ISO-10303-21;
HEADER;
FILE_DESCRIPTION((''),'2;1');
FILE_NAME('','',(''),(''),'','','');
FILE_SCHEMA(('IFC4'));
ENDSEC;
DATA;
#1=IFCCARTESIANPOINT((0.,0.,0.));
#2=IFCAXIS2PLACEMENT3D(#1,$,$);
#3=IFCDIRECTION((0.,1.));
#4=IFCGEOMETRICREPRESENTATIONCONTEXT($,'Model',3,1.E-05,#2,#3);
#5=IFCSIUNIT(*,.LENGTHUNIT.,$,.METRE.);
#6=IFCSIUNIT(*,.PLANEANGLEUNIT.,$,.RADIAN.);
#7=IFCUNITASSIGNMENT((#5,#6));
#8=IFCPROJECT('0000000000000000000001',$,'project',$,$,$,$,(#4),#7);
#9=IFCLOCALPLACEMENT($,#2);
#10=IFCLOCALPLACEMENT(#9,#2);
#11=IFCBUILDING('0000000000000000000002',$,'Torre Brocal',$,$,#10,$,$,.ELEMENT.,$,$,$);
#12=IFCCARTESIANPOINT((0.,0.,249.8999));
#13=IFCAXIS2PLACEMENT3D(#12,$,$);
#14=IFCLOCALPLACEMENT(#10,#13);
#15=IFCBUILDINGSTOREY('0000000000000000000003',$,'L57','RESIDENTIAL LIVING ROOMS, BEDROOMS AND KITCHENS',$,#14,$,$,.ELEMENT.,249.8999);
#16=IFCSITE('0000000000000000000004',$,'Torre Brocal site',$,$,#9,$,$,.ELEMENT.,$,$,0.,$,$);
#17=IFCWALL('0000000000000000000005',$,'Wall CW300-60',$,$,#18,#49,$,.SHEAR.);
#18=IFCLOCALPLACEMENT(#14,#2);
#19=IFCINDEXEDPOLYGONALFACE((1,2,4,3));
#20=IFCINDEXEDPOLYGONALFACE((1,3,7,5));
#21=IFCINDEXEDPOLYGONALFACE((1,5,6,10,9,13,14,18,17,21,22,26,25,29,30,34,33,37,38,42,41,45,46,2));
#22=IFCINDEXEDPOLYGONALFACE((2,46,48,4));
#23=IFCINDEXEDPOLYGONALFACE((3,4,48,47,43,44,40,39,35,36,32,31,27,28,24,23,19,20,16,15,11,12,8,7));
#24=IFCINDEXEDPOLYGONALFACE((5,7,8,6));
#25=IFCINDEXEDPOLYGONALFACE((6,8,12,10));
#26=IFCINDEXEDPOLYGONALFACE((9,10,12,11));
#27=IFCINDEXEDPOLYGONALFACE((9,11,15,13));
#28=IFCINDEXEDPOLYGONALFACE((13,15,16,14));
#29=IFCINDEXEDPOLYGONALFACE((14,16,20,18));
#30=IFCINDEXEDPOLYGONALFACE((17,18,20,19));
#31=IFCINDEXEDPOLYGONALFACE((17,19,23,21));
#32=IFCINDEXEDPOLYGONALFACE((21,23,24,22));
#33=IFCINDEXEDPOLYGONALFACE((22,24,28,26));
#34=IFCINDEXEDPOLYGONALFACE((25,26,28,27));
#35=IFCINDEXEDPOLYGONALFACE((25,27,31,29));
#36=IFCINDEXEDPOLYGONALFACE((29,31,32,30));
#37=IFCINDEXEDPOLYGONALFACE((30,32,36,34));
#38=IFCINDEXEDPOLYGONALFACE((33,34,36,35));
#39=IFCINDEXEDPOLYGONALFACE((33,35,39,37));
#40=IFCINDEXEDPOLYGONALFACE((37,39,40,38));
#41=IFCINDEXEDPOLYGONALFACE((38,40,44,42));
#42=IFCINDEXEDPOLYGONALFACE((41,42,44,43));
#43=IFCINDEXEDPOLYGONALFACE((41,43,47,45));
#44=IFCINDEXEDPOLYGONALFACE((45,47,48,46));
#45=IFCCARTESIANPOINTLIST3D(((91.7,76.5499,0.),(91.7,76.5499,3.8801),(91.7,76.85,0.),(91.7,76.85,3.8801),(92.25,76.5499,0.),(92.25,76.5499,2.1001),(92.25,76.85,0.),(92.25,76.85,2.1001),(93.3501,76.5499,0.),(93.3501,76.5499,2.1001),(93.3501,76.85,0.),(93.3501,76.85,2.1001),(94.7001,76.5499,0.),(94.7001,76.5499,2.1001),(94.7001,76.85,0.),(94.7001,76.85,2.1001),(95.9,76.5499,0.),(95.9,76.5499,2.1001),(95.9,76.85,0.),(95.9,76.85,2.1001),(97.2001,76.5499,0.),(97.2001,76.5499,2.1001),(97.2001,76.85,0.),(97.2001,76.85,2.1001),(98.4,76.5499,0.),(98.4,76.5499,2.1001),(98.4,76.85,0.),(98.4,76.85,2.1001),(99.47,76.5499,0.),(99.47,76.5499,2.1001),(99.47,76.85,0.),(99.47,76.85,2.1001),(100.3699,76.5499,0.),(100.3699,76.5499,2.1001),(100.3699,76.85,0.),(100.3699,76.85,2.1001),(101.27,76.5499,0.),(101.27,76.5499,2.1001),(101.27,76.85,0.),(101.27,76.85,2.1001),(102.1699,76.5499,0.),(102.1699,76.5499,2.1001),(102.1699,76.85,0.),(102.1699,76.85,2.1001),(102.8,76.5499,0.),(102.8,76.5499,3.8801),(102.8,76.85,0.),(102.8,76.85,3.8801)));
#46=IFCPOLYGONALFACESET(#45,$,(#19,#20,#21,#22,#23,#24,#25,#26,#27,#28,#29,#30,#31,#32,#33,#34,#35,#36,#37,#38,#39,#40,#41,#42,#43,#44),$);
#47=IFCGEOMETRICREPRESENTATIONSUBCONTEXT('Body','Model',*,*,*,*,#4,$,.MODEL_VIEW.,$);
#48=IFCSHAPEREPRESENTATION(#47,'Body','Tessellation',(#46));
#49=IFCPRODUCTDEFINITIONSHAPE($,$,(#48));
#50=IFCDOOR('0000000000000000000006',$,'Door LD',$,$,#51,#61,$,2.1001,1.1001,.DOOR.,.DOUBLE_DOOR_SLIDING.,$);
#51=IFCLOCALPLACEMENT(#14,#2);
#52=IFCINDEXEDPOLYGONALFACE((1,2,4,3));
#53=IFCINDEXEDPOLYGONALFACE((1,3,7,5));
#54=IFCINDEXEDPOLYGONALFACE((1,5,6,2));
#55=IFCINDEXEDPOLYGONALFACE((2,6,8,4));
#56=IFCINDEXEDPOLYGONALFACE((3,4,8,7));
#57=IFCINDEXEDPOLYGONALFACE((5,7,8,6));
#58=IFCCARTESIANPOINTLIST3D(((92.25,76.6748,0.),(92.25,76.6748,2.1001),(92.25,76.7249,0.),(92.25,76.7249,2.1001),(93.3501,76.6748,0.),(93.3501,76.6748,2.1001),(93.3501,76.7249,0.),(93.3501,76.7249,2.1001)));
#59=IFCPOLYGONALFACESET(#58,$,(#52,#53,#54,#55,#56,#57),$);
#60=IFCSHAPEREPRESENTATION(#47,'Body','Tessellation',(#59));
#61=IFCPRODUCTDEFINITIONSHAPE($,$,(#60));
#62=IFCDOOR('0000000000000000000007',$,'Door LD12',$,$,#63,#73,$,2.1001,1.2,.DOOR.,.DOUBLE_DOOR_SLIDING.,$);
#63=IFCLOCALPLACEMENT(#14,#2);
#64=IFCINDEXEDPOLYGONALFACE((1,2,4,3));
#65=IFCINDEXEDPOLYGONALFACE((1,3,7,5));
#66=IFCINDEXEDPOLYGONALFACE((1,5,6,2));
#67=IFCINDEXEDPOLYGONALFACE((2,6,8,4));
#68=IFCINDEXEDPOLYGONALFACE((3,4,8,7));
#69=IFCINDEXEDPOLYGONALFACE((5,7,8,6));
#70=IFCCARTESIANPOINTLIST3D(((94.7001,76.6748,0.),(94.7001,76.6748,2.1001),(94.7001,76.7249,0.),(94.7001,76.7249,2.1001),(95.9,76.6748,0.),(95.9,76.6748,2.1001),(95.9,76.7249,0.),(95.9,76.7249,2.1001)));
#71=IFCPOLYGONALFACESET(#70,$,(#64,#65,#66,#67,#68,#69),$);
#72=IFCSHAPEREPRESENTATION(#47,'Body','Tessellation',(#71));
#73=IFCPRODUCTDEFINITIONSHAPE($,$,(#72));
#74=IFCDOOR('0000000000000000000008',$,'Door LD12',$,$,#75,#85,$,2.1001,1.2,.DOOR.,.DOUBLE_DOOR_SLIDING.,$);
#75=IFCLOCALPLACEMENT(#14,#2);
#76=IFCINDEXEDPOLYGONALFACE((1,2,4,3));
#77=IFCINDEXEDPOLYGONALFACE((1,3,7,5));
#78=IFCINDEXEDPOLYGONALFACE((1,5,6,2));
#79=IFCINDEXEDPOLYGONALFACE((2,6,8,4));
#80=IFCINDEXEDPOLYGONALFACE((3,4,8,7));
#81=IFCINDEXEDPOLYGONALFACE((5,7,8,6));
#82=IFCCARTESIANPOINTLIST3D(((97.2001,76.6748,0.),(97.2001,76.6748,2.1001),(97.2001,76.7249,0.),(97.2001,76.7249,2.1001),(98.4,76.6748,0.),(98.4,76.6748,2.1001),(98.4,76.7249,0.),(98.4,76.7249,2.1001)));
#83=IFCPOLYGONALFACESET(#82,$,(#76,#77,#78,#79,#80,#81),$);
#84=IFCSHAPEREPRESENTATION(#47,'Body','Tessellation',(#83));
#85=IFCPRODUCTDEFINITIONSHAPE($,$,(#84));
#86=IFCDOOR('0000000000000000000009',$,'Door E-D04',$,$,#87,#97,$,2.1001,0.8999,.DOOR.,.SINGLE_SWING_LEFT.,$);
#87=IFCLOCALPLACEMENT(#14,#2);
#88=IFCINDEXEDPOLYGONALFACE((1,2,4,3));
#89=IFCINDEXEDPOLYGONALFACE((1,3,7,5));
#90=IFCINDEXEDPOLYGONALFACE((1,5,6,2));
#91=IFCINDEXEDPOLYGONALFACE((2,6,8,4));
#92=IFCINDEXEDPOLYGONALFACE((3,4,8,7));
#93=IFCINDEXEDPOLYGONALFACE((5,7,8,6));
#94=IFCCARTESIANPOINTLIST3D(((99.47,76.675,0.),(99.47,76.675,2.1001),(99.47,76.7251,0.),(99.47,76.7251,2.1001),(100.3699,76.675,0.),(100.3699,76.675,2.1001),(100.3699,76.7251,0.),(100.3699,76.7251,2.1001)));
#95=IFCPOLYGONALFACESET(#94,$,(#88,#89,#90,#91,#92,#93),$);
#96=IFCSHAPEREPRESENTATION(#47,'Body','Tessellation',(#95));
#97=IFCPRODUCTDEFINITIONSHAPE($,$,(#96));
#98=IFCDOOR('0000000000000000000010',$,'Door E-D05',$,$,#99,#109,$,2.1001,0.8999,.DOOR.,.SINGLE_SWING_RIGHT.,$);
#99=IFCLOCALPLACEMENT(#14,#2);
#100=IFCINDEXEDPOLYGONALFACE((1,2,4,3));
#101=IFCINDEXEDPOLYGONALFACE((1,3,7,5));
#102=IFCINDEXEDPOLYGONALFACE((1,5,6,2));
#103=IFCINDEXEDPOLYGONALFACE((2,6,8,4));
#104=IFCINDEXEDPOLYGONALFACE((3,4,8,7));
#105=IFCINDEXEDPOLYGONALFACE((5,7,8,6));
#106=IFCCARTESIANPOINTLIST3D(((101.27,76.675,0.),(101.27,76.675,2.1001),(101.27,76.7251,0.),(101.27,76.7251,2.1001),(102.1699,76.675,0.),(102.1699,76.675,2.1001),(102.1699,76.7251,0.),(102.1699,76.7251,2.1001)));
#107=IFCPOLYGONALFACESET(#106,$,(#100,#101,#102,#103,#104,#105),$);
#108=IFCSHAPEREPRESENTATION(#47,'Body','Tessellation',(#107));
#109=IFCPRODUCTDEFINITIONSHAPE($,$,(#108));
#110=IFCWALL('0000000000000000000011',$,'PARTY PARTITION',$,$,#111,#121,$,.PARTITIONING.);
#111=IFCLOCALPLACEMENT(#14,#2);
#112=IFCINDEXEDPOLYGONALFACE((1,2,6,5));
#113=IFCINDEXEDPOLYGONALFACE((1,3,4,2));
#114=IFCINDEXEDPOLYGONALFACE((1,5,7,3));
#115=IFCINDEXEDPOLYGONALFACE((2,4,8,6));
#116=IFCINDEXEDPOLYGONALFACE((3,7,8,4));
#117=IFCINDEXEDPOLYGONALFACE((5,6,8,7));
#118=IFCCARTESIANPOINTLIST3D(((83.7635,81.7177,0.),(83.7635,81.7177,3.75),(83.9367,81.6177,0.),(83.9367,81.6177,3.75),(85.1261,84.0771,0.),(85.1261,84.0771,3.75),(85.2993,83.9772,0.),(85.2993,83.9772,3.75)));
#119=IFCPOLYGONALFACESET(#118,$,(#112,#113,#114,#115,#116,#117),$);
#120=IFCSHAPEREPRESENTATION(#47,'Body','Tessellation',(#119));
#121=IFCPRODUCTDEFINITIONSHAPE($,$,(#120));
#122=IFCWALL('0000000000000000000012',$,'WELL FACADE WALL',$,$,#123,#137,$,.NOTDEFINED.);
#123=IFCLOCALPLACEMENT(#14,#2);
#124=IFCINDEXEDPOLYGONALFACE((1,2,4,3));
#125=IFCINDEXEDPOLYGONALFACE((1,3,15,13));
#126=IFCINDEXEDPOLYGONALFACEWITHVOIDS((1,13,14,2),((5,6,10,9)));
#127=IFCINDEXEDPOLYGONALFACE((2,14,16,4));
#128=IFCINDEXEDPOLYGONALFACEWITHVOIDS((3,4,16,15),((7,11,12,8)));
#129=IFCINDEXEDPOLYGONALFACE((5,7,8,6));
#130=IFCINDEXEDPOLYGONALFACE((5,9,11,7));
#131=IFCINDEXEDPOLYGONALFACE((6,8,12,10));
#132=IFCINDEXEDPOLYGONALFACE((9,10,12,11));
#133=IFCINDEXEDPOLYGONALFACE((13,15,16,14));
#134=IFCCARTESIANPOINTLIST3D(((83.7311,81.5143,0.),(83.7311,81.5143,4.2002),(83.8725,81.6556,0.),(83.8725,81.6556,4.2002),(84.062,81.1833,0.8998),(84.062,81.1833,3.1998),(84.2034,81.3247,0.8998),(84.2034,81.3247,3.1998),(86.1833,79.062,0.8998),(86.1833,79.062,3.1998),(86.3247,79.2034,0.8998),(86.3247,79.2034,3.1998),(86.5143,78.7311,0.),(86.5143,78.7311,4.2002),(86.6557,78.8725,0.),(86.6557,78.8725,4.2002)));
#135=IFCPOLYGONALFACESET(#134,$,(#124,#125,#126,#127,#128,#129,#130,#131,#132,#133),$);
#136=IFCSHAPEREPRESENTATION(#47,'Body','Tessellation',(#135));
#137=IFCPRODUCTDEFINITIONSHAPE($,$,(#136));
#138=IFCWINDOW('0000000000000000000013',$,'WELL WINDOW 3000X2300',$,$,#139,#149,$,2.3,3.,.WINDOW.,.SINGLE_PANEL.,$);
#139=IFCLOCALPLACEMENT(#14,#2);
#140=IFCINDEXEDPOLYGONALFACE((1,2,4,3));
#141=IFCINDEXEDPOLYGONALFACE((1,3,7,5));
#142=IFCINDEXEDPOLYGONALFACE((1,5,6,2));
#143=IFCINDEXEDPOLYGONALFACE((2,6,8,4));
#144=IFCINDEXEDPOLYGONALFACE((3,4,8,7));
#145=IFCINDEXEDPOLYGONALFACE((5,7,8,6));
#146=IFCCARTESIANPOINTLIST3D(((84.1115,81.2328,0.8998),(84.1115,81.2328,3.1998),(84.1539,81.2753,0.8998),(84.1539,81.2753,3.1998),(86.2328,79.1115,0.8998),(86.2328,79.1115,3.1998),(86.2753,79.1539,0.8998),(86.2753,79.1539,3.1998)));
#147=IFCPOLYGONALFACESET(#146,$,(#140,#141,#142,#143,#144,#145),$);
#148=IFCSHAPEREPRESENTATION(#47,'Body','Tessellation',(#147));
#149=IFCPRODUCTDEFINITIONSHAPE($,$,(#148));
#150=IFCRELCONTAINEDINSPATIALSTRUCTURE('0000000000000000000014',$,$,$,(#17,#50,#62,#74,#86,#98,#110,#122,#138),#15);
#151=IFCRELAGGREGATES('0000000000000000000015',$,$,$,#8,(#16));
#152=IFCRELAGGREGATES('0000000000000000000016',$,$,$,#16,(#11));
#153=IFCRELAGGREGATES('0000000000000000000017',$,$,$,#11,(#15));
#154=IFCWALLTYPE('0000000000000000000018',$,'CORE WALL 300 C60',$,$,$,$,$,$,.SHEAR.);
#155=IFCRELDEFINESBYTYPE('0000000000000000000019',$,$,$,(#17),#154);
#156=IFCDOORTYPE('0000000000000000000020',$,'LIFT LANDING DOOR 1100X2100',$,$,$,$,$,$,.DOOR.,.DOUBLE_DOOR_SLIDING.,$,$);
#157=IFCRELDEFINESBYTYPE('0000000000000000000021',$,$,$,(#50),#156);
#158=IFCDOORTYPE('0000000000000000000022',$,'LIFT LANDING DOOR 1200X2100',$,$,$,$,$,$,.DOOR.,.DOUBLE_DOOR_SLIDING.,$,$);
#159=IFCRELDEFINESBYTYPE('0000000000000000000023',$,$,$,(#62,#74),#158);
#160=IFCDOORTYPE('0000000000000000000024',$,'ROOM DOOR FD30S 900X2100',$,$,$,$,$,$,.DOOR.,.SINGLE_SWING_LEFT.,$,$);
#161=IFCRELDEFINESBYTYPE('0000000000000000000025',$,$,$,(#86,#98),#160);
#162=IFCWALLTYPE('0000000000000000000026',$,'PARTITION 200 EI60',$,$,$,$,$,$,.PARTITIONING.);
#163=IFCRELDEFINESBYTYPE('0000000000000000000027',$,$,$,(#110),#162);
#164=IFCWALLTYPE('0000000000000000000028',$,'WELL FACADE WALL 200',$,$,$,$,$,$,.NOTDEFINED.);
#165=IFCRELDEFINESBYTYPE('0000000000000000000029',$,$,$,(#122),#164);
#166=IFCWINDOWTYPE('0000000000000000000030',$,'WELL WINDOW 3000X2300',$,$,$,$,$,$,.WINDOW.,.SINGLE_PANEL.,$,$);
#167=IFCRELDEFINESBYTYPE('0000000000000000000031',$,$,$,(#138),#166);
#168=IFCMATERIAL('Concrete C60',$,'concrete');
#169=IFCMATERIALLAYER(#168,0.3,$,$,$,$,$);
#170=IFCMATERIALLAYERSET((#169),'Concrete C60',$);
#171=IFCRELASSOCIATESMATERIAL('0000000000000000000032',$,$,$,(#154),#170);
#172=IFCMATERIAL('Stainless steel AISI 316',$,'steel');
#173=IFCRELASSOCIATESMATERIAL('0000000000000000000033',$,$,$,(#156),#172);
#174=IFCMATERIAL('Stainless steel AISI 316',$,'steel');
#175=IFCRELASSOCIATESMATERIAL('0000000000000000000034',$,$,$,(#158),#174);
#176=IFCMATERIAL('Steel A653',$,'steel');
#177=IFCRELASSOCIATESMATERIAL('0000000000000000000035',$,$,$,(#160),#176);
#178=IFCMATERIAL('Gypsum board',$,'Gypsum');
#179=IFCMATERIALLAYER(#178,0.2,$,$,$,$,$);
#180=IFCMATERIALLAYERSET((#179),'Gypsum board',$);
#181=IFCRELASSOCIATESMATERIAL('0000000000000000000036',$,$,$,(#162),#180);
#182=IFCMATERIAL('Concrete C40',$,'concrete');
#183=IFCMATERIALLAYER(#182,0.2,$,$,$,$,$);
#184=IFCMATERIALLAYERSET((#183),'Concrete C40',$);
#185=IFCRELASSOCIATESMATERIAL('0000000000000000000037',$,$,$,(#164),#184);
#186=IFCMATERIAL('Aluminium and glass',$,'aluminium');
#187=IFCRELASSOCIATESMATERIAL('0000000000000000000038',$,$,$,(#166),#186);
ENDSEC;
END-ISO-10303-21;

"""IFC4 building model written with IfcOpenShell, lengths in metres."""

from ifc_helpers import new_model, si_unit, direction, frame, frame_2d, origin, place, context, subcontext, project, spatial, rectangle, extrude, material, layer, layer_set, type_object, element, fill, save


model = new_model("IFC4")

# Units and contexts
model_context = context("Model", 3, precision=1e-05, world=origin(), true_north=direction((0.0, 1.0)))
body_context = subcontext(model_context, "Body", "Model", "MODEL_VIEW")
ifc_project = project(units=[si_unit("LENGTHUNIT", "METRE"), si_unit("PLANEANGLEUNIT", "RADIAN")], contexts=[model_context])

# Site, building, storey
site_placement = place(None, origin())
site = spatial("IfcSite", under=ifc_project, at=site_placement, Name="Torre Brocal site", CompositionType="ELEMENT", RefElevation=0.0)
building_placement = place(site_placement, origin())
building = spatial("IfcBuilding", under=site, at=building_placement, Name="Torre Brocal", CompositionType="ELEMENT")
storey_placement = place(building_placement, frame((0.0, 0.0, 249.8999)))
storey = spatial("IfcBuildingStorey", under=building, at=storey_placement, Name="L57", Description="RESIDENTIAL LIVING ROOMS, BEDROOMS AND KITCHENS", CompositionType="ELEMENT", Elevation=249.8999)

# Shared definitions
ifc_material_1 = material(Name="Concrete C60", Category="concrete")
ifc_layer_1 = layer(ifc_material_1, 0.3)
ifc_layer_set_1 = layer_set([ifc_layer_1], Name="Concrete C60")
wall_type_1 = type_object("IfcWallType", Name="CORE WALL 300 C60", PredefinedType="SHEAR", material=ifc_layer_set_1)

# Wall, openings, doors
wall_1_placement = place(storey_placement, frame((91.7, 76.7, 0.0), z_axis=(0.0, 0.0, 1.0), x_axis=(1.0, 0.0, 0.0)))
wall_1 = element("IfcWall", 1, at=wall_1_placement, inside=storey, type_object=wall_type_1, Name="Wall CW300-60", PredefinedType="SHEAR", context=body_context, shape_type="SweptSolid", body=[
    extrude(rectangle(XDim=11.1001, YDim=0.3, at=frame_2d((5.55, 0.0))), origin(), (0.0, 0.0, 1.0), 3.8801),
])
opening_1_placement = place(wall_1_placement, frame((0.55, 0.0, 0.0)))
opening_1 = element("IfcOpeningElement", 2, at=opening_1_placement, cuts=wall_1, PredefinedType="OPENING", context=body_context, shape_type="SweptSolid", body=[
    extrude(rectangle(XDim=1.1001, YDim=2.1001, at=frame_2d((0.55, 1.05))), frame((0.0, 0.1599, 0.0), z_axis=(0.0, -1.0, 0.0), x_axis=(1.0, 0.0, 0.0)), (0.0, 0.0, 1.0), 0.3201),
])
opening_2_placement = place(wall_1_placement, frame((3.0, 0.0, 0.0)))
opening_2 = element("IfcOpeningElement", 3, at=opening_2_placement, cuts=wall_1, PredefinedType="OPENING", context=body_context, shape_type="SweptSolid", body=[
    extrude(rectangle(XDim=1.2, YDim=2.1001, at=frame_2d((0.6001, 1.05))), frame((0.0, 0.1599, 0.0), z_axis=(0.0, -1.0, 0.0), x_axis=(1.0, 0.0, 0.0)), (0.0, 0.0, 1.0), 0.3201),
])
opening_3_placement = place(wall_1_placement, frame((5.5, 0.0, 0.0)))
opening_3 = element("IfcOpeningElement", 4, at=opening_3_placement, cuts=wall_1, PredefinedType="OPENING", context=body_context, shape_type="SweptSolid", body=[
    extrude(rectangle(XDim=1.2, YDim=2.1001, at=frame_2d((0.6001, 1.05))), frame((0.0, 0.1599, 0.0), z_axis=(0.0, -1.0, 0.0), x_axis=(1.0, 0.0, 0.0)), (0.0, 0.0, 1.0), 0.3201),
])
opening_4_placement = place(wall_1_placement, frame((7.77, 0.0, 0.0)))
opening_4 = element("IfcOpeningElement", 5, at=opening_4_placement, cuts=wall_1, PredefinedType="OPENING", context=body_context, shape_type="SweptSolid", body=[
    extrude(rectangle(XDim=0.8999, YDim=2.1001, at=frame_2d((0.45, 1.05))), frame((0.0, 0.1599, 0.0), z_axis=(0.0, -1.0, 0.0), x_axis=(1.0, 0.0, 0.0)), (0.0, 0.0, 1.0), 0.3201),
])
opening_5_placement = place(wall_1_placement, frame((9.5701, 0.0, 0.0)))
opening_5 = element("IfcOpeningElement", 6, at=opening_5_placement, cuts=wall_1, PredefinedType="OPENING", context=body_context, shape_type="SweptSolid", body=[
    extrude(rectangle(XDim=0.8999, YDim=2.1001, at=frame_2d((0.45, 1.05))), frame((0.0, 0.1599, 0.0), z_axis=(0.0, -1.0, 0.0), x_axis=(1.0, 0.0, 0.0)), (0.0, 0.0, 1.0), 0.3201),
])
ifc_material_2 = material(Name="Stainless steel AISI 316", Category="steel")
door_type_1 = type_object("IfcDoorType", Name="LIFT LANDING DOOR 1100X2100", OperationType="DOUBLE_DOOR_SLIDING", PredefinedType="DOOR", material=ifc_material_2)
door_1_placement = place(opening_1_placement, origin())
door_1 = element("IfcDoor", 7, at=door_1_placement, inside=storey, type_object=door_type_1, Name="Door LD", OperationType="DOUBLE_DOOR_SLIDING", OverallHeight=2.1001, OverallWidth=1.1001, PredefinedType="DOOR", context=body_context, shape_type="SweptSolid", body=[
    extrude(rectangle(XDim=1.1001, YDim=2.1001, at=frame_2d((0.55, 1.05))), frame((0.0, 0.0249, 0.0), z_axis=(0.0, -1.0, 0.0), x_axis=(1.0, 0.0, 0.0)), (0.0, 0.0, 1.0), 0.05),
])
fill(opening_1, door_1)
ifc_material_3 = material(Name="Stainless steel AISI 316", Category="steel")
door_type_2 = type_object("IfcDoorType", Name="LIFT LANDING DOOR 1200X2100", OperationType="DOUBLE_DOOR_SLIDING", PredefinedType="DOOR", material=ifc_material_3)
door_2_placement = place(opening_2_placement, origin())
door_2 = element("IfcDoor", 8, at=door_2_placement, inside=storey, type_object=door_type_2, Name="Door LD12", OperationType="DOUBLE_DOOR_SLIDING", OverallHeight=2.1001, OverallWidth=1.2, PredefinedType="DOOR", context=body_context, shape_type="SweptSolid", body=[
    extrude(rectangle(XDim=1.2, YDim=2.1001, at=frame_2d((0.6001, 1.05))), frame((0.0, 0.0249, 0.0), z_axis=(0.0, -1.0, 0.0), x_axis=(1.0, 0.0, 0.0)), (0.0, 0.0, 1.0), 0.05),
])
fill(opening_2, door_2)
door_3_placement = place(opening_3_placement, origin())
door_3 = element("IfcDoor", 9, at=door_3_placement, inside=storey, type_object=door_type_2, Name="Door LD12", OperationType="DOUBLE_DOOR_SLIDING", OverallHeight=2.1001, OverallWidth=1.2, PredefinedType="DOOR", context=body_context, shape_type="SweptSolid", body=[
    extrude(rectangle(XDim=1.2, YDim=2.1001, at=frame_2d((0.6001, 1.05))), frame((0.0, 0.0249, 0.0), z_axis=(0.0, -1.0, 0.0), x_axis=(1.0, 0.0, 0.0)), (0.0, 0.0, 1.0), 0.05),
])
fill(opening_3, door_3)
ifc_material_4 = material(Name="Steel A653", Category="steel")
door_type_3 = type_object("IfcDoorType", Name="ROOM DOOR FD30S 900X2100", OperationType="SINGLE_SWING_LEFT", PredefinedType="DOOR", material=ifc_material_4)
door_4_placement = place(opening_4_placement, frame((0.8999, 0.0, 0.0), z_axis=(0.0, 0.0, 1.0), x_axis=(-1.0, 0.0, 0.0)))
door_4 = element("IfcDoor", 10, at=door_4_placement, inside=storey, type_object=door_type_3, Name="Door E-D04", OperationType="SINGLE_SWING_LEFT", OverallHeight=2.1001, OverallWidth=0.8999, PredefinedType="DOOR", context=body_context, shape_type="SweptSolid", body=[
    extrude(rectangle(XDim=0.8999, YDim=2.1001, at=frame_2d((0.45, 1.05))), frame((0.0, 0.0249, 0.0), z_axis=(0.0, -1.0, 0.0), x_axis=(1.0, 0.0, 0.0)), (0.0, 0.0, 1.0), 0.05),
])
fill(opening_4, door_4)
door_5_placement = place(opening_5_placement, frame((0.8999, 0.0, 0.0), z_axis=(0.0, 0.0, 1.0), x_axis=(-1.0, 0.0, 0.0)))
door_5 = element("IfcDoor", 11, at=door_5_placement, inside=storey, type_object=door_type_3, Name="Door E-D05", OperationType="SINGLE_SWING_RIGHT", OverallHeight=2.1001, OverallWidth=0.8999, PredefinedType="DOOR", context=body_context, shape_type="SweptSolid", body=[
    extrude(rectangle(XDim=0.8999, YDim=2.1001, at=frame_2d((0.45, 1.05))), frame((0.0, 0.0249, 0.0), z_axis=(0.0, -1.0, 0.0), x_axis=(1.0, 0.0, 0.0)), (0.0, 0.0, 1.0), 0.05),
])
fill(opening_5, door_5)

# Wall
ifc_material_5 = material(Name="Gypsum board", Category="Gypsum")
ifc_layer_2 = layer(ifc_material_5, 0.2)
ifc_layer_set_2 = layer_set([ifc_layer_2], Name="Gypsum board")
wall_type_2 = type_object("IfcWallType", Name="PARTITION 200 EI60", PredefinedType="PARTITIONING", material=ifc_layer_set_2)
wall_2_placement = place(storey_placement, frame((83.8501, 81.6677, 0.0), z_axis=(0.0, 0.0, 1.0), x_axis=(0.5001, 0.865968, 0.0)))
element("IfcWall", 12, at=wall_2_placement, inside=storey, type_object=wall_type_2, Name="PARTY PARTITION", PredefinedType="PARTITIONING", context=body_context, shape_type="SweptSolid", body=[
    extrude(rectangle(XDim=2.7246, YDim=0.2, at=frame_2d((1.3623, 0.0))), origin(), (0.0, 0.0, 1.0), 3.75),
])

# Wall, opening, window
ifc_material_6 = material(Name="Concrete C40", Category="concrete")
ifc_layer_3 = layer(ifc_material_6, 0.2)
ifc_layer_set_3 = layer_set([ifc_layer_3], Name="Concrete C40")
wall_type_3 = type_object("IfcWallType", Name="WELL FACADE WALL 200", PredefinedType="NOTDEFINED", material=ifc_layer_set_3)
wall_3_placement = place(storey_placement, frame((86.585, 78.8018, 0.0), z_axis=(0.0, 0.0, 1.0), x_axis=(-0.707107, 0.707107, 0.0)))
wall_3 = element("IfcWall", 13, at=wall_3_placement, inside=storey, type_object=wall_type_3, Name="WELL FACADE WALL", PredefinedType="NOTDEFINED", context=body_context, shape_type="SweptSolid", body=[
    extrude(rectangle(XDim=3.936, YDim=0.2, at=frame_2d((1.968, 0.0))), origin(), (0.0, 0.0, 1.0), 4.2002),
])
opening_6_placement = place(wall_3_placement, frame((0.468, 0.0, 0.8999)))
opening_6 = element("IfcOpeningElement", 14, at=opening_6_placement, cuts=wall_3, PredefinedType="OPENING", context=body_context, shape_type="SweptSolid", body=[
    extrude(rectangle(XDim=3.0, YDim=2.3, at=frame_2d((1.5, 1.1499))), frame((0.0, 0.1099, 0.0), z_axis=(0.0, -1.0, 0.0), x_axis=(1.0, 0.0, 0.0)), (0.0, 0.0, 1.0), 0.22),
])
ifc_material_7 = material(Name="Aluminium and glass", Category="aluminium")
window_type = type_object("IfcWindowType", Name="WELL WINDOW 3000X2300", PartitioningType="SINGLE_PANEL", PredefinedType="WINDOW", material=ifc_material_7)
window_1_placement = place(opening_6_placement, origin())
window_1 = element("IfcWindow", 15, at=window_1_placement, inside=storey, type_object=window_type, Name="WELL WINDOW 3000X2300", OverallHeight=2.3, OverallWidth=3.0, PartitioningType="SINGLE_PANEL", PredefinedType="WINDOW", context=body_context, shape_type="SweptSolid", body=[
    extrude(rectangle(XDim=3.0, YDim=2.3, at=frame_2d((1.5, 1.1499))), frame((0.0, 0.03, 0.0), z_axis=(0.0, -1.0, 0.0), x_axis=(1.0, 0.0, 0.0)), (0.0, 0.0, 1.0), 0.0601),
])
fill(opening_6, window_1)

save(model, "model.ifc")
